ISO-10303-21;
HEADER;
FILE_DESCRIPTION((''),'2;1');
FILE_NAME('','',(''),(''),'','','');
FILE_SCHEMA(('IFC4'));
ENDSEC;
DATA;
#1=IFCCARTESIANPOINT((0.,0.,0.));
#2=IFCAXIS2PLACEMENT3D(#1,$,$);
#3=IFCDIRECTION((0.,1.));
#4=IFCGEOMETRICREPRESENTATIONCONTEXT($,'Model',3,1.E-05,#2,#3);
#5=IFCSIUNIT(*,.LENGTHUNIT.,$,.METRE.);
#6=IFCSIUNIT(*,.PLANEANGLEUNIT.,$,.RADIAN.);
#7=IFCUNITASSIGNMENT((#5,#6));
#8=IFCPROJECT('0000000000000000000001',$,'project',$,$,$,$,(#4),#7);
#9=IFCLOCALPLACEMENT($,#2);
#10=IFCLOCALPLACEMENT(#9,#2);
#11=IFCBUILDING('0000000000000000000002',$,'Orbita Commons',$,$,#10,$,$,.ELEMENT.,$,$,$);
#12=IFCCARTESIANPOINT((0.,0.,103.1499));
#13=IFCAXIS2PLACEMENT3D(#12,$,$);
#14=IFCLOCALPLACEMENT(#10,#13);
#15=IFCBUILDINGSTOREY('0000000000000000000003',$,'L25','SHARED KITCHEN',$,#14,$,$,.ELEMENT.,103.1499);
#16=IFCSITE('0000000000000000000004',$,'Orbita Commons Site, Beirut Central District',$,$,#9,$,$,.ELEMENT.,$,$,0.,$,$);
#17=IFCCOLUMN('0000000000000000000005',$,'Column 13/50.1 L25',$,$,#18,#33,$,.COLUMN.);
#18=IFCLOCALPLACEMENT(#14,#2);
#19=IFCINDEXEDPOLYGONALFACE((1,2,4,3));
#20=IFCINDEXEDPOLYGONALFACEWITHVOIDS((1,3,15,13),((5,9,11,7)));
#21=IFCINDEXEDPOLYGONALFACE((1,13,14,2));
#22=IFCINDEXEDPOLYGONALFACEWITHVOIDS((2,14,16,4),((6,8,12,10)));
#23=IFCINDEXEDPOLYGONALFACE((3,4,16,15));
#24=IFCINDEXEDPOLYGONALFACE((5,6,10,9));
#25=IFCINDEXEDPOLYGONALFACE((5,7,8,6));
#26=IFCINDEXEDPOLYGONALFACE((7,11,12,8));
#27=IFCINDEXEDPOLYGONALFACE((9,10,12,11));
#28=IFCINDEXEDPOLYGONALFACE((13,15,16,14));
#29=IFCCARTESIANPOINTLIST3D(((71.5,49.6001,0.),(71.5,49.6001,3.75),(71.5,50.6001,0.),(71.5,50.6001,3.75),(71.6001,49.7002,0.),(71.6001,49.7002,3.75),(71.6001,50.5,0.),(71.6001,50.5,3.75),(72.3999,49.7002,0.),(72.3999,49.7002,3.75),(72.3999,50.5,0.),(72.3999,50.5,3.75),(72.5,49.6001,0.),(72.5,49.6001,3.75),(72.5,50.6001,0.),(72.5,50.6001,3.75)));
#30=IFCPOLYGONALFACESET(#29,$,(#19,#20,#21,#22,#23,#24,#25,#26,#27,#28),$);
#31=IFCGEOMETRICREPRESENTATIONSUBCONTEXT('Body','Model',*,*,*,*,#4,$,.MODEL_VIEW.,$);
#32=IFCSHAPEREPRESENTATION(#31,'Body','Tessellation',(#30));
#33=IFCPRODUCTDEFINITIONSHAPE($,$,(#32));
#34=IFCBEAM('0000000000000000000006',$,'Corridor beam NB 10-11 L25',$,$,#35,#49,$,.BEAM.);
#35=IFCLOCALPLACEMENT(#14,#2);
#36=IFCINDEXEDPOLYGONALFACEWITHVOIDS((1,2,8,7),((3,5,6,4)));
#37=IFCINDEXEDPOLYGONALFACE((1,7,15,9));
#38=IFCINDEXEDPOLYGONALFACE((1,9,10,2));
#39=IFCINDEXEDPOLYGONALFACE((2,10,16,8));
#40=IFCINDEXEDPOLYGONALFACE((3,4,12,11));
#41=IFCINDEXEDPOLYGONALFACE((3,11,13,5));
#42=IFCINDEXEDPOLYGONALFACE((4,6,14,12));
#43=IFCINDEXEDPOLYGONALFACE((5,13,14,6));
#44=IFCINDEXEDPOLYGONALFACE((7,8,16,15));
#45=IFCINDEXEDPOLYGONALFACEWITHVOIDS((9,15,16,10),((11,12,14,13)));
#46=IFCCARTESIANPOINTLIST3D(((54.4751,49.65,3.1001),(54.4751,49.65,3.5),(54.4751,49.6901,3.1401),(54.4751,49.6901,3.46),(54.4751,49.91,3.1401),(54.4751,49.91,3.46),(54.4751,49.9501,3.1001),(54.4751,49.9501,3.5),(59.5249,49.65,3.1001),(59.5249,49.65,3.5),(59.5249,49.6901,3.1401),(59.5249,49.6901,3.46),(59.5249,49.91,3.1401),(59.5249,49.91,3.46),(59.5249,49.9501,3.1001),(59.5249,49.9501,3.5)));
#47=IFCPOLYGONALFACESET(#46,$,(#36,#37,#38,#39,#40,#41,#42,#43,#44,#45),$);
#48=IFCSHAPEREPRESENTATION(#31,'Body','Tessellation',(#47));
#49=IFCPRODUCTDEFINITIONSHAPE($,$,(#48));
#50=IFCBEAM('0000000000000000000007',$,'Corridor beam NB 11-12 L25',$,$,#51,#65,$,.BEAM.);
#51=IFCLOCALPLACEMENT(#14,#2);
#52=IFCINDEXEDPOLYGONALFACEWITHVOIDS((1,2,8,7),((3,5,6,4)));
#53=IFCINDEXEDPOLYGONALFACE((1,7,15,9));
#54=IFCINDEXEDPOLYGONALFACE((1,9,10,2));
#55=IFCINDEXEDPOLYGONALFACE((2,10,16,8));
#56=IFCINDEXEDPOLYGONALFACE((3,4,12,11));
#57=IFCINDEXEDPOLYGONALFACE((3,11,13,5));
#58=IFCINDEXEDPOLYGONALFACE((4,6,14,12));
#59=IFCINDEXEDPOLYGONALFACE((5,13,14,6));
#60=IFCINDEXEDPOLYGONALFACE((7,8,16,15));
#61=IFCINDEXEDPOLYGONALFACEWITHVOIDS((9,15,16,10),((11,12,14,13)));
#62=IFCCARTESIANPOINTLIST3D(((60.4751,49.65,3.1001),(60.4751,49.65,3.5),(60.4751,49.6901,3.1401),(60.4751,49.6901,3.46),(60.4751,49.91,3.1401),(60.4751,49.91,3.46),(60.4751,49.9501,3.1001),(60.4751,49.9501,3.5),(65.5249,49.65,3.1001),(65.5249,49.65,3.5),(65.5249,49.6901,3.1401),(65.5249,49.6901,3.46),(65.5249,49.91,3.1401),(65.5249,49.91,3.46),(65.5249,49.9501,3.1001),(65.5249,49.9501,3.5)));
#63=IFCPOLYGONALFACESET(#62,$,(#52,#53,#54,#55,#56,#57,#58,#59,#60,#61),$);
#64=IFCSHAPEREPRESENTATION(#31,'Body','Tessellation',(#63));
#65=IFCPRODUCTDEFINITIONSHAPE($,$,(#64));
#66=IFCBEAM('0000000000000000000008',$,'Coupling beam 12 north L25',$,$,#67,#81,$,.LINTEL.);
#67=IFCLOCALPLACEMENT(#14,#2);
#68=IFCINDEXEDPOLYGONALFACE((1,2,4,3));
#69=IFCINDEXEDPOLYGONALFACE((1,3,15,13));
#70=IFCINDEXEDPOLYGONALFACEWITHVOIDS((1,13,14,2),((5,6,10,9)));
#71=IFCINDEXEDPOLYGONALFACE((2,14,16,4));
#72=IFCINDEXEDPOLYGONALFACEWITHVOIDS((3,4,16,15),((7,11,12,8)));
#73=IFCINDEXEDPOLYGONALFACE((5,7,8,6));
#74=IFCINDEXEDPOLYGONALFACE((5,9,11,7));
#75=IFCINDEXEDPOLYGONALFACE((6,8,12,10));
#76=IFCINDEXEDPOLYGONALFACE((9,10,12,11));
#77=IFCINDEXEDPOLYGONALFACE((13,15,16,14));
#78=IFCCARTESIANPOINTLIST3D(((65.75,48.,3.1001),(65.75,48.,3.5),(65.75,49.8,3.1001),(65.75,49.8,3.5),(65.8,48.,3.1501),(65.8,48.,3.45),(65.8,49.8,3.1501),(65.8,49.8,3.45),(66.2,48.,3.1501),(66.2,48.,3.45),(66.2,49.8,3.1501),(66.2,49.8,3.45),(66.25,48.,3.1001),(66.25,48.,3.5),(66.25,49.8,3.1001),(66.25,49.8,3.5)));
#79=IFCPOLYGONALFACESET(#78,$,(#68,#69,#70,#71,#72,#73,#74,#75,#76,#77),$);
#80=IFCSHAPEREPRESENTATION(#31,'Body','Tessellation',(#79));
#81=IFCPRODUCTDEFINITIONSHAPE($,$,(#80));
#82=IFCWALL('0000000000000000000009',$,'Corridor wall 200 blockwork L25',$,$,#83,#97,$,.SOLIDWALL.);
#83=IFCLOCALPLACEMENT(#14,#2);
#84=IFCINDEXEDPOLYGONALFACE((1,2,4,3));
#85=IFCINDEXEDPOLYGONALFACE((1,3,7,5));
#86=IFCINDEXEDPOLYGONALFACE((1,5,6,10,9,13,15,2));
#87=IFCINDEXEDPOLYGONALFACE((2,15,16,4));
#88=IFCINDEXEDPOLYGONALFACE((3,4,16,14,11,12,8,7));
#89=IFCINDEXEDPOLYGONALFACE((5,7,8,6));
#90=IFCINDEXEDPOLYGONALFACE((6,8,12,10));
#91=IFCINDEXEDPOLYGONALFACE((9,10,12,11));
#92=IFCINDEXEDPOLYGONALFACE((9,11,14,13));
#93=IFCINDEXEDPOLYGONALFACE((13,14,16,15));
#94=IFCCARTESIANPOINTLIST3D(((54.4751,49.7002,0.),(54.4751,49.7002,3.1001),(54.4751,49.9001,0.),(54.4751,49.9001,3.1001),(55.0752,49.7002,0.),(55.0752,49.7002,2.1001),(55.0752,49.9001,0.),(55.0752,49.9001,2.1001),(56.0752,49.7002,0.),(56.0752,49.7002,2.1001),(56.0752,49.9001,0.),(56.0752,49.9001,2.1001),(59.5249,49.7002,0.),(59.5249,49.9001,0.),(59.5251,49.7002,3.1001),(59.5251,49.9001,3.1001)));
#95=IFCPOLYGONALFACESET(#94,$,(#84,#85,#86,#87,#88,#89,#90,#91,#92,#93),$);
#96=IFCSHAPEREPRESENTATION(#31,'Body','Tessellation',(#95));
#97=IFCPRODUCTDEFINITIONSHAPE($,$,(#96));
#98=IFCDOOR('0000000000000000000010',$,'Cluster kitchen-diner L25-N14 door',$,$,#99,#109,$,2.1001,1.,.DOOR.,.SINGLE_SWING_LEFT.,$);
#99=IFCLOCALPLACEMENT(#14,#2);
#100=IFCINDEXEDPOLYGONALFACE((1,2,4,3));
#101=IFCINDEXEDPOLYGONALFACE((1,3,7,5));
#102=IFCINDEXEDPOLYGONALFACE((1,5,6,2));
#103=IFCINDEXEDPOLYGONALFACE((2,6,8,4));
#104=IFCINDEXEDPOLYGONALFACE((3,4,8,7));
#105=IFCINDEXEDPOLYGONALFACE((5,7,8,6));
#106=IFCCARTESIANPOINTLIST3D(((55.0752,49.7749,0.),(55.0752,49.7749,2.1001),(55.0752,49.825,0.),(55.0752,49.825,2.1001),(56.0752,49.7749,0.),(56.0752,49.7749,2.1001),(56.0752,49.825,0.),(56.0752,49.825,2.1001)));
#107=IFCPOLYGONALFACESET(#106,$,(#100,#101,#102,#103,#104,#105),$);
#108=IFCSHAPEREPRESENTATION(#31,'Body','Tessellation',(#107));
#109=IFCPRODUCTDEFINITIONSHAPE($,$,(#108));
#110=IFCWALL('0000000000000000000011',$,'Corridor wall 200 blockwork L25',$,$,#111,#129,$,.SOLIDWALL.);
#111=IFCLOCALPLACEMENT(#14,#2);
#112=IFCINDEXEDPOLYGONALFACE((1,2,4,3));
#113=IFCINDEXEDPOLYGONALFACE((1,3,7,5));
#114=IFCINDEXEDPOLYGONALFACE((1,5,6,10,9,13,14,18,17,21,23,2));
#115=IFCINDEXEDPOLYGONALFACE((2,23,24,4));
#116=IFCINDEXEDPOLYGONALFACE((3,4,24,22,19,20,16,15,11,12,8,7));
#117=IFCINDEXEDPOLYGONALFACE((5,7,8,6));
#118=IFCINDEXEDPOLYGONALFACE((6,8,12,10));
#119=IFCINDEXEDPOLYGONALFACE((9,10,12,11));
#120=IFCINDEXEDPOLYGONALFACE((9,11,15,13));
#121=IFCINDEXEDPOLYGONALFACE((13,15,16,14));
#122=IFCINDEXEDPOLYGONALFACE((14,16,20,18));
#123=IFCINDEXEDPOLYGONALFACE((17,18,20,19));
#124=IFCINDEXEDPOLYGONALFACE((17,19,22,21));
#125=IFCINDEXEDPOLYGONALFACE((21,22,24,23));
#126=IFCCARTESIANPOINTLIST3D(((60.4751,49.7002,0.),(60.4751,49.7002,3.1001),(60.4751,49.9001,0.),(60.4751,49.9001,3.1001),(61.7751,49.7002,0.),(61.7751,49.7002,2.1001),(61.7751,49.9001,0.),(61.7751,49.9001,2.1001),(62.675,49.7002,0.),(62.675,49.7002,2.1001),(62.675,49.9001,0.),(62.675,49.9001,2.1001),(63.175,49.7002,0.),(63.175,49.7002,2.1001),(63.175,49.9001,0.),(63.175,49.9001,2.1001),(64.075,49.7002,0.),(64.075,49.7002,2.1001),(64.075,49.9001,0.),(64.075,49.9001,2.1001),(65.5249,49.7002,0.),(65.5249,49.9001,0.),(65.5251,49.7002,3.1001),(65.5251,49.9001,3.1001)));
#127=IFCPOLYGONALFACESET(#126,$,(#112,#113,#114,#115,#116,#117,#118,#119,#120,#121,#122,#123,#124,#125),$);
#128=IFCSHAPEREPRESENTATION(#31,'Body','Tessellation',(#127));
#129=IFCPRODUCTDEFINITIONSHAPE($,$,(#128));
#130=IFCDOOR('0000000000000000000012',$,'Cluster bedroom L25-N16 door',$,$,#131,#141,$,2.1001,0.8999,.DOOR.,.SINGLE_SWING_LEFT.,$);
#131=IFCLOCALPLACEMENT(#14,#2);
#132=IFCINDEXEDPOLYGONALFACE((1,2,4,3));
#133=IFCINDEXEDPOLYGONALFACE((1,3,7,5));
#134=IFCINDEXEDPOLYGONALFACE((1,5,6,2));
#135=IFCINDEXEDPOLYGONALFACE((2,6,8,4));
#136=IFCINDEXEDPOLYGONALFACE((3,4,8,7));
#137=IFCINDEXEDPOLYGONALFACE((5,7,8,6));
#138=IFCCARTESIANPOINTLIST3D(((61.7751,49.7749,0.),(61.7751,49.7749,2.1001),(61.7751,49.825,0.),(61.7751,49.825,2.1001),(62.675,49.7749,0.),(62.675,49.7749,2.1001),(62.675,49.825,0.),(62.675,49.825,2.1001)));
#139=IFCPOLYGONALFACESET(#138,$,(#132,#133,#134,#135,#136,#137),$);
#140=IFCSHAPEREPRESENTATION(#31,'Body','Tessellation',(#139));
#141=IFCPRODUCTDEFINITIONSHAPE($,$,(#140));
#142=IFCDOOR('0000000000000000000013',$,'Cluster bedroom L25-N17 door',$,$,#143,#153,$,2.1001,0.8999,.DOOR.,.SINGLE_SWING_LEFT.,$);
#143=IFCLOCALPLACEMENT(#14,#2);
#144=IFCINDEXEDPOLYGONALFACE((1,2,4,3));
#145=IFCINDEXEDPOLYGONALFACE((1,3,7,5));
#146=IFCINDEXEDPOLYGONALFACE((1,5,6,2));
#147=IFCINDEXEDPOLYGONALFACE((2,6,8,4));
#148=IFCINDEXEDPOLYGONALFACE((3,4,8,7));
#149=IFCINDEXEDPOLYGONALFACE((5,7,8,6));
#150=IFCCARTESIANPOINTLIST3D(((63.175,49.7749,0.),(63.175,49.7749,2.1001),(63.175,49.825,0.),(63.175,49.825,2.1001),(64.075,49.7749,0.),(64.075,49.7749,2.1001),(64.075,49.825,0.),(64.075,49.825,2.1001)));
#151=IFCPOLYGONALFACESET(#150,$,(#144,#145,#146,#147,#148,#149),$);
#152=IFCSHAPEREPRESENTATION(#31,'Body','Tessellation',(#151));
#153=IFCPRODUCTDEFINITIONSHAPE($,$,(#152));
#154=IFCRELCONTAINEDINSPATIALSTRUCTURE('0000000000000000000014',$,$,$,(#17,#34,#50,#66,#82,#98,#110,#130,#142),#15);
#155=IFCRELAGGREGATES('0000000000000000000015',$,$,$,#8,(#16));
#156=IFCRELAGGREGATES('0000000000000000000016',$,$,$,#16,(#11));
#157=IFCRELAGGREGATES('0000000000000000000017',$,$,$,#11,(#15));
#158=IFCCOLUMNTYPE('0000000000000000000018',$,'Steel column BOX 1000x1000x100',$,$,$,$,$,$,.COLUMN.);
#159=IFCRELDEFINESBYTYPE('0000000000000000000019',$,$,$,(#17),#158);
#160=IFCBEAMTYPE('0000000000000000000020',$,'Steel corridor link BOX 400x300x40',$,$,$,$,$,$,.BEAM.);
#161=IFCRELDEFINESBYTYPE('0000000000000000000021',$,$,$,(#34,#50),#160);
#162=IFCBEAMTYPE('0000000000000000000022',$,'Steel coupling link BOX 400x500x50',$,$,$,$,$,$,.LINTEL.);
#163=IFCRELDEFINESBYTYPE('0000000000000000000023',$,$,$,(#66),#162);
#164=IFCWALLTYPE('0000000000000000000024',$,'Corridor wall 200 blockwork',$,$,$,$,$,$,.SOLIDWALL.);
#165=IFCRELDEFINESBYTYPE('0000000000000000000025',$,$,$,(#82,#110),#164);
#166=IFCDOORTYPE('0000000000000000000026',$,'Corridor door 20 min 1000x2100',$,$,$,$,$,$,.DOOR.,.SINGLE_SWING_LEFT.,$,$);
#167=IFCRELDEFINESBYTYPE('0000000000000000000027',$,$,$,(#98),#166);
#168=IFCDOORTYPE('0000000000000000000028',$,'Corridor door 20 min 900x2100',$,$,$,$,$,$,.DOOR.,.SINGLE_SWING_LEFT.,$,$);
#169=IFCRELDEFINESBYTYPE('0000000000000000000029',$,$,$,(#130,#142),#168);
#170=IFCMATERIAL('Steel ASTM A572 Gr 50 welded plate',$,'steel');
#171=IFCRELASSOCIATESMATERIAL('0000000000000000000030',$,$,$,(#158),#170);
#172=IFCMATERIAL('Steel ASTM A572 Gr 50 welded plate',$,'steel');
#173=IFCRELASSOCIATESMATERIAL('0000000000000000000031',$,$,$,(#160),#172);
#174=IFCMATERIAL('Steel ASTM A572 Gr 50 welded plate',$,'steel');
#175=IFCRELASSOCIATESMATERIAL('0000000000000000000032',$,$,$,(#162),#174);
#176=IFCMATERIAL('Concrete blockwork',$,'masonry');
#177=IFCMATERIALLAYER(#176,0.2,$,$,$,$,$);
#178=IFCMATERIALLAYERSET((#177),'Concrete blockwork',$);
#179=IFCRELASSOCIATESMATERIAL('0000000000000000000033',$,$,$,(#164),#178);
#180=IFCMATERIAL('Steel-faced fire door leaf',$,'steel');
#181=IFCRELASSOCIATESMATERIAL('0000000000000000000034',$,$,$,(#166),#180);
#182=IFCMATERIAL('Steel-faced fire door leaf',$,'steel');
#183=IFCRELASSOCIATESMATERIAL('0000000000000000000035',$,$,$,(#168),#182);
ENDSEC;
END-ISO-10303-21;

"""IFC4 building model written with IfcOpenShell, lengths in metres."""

from ifc_helpers import new_model, si_unit, direction, frame, frame_2d, origin, origin_2d, place, context, subcontext, project, spatial, polyline, rectangle, hollow_rectangle, outline, extrude, material, layer, layer_set, material_profile, profile_set, type_object, element, fill, save


model = new_model("IFC4")

# Units and contexts
model_context = context("Model", 3, precision=1e-05, world=origin(), true_north=direction((0.0, 1.0)))
body_context = subcontext(model_context, "Body", "Model", "MODEL_VIEW")
ifc_project = project(units=[si_unit("LENGTHUNIT", "METRE"), si_unit("PLANEANGLEUNIT", "RADIAN")], contexts=[model_context])

# Site, building, storey
site_placement = place(None, origin())
site = spatial("IfcSite", under=ifc_project, at=site_placement, Name="Orbita Commons Site, Beirut Central District", CompositionType="ELEMENT", RefElevation=0.0)
building_placement = place(site_placement, origin())
building = spatial("IfcBuilding", under=site, at=building_placement, Name="Orbita Commons", CompositionType="ELEMENT")
storey_placement = place(building_placement, frame((0.0, 0.0, 103.1499)))
storey = spatial("IfcBuildingStorey", under=building, at=storey_placement, Name="L25", Description="SHARED KITCHEN", CompositionType="ELEMENT", Elevation=103.1499)

# Column
ifc_material_1 = material(Name="Steel ASTM A572 Gr 50 welded plate", Category="steel")
ifc_material_profile_1 = material_profile(ifc_material_1, hollow_rectangle(XDim=1.0, YDim=1.0, WallThickness=0.1001, at=origin_2d()), Name="BOX 1000x1000x100")
ifc_profile_set_1 = profile_set([ifc_material_profile_1], Name="Steel ASTM A572 Gr 50 welded plate")
column_type = type_object("IfcColumnType", Name="Steel column BOX 1000x1000x100", PredefinedType="COLUMN", material=ifc_profile_set_1)
column_placement = place(storey_placement, frame((72.0, 50.1001, 0.0), z_axis=(0.0, 0.0, 1.0), x_axis=(1.0, 0.0, 0.0)))
element("IfcColumn", 1, at=column_placement, inside=storey, type_object=column_type, Name="Column 13/50.1 L25", PredefinedType="COLUMN", context=body_context, shape_type="SweptSolid", body=[
    extrude(hollow_rectangle(XDim=1.0, YDim=1.0, WallThickness=0.1001, at=origin_2d()), origin(), (0.0, 0.0, 1.0), 3.75),
])

# Beams
ifc_material_2 = material(Name="Steel ASTM A572 Gr 50 welded plate", Category="steel")
ifc_material_profile_2 = material_profile(ifc_material_2, hollow_rectangle(XDim=0.3, YDim=0.3999, WallThickness=0.04, at=origin_2d()), Name="BOX 400x300x40")
ifc_profile_set_2 = profile_set([ifc_material_profile_2], Name="Steel ASTM A572 Gr 50 welded plate")
beam_type_1 = type_object("IfcBeamType", Name="Steel corridor link BOX 400x300x40", PredefinedType="BEAM", material=ifc_profile_set_2)
for number, where, z_axis, x_axis, name in (
    (2, (54.4751, 49.8, 3.3), (1.0, 0.0, 0.0), (0.0, 1.0, 0.0), "Corridor beam NB 10-11 L25"),
    (3, (60.4751, 49.8, 3.3), (1.0, 0.0, 0.0), (0.0, 1.0, 0.0), "Corridor beam NB 11-12 L25"),
):
    element("IfcBeam", number, at=place(storey_placement, frame(where, z_axis=z_axis, x_axis=x_axis)), inside=storey, type_object=beam_type_1, Name=name, PredefinedType="BEAM", context=body_context, shape_type="SweptSolid", body=[
        extrude(hollow_rectangle(XDim=0.3, YDim=0.3999, WallThickness=0.04, at=origin_2d()), origin(), (0.0, 0.0, 1.0), 5.0498),
    ])
ifc_material_3 = material(Name="Steel ASTM A572 Gr 50 welded plate", Category="steel")
ifc_material_profile_3 = material_profile(ifc_material_3, hollow_rectangle(XDim=0.5, YDim=0.3999, WallThickness=0.05, at=origin_2d()), Name="BOX 400x500x50")
ifc_profile_set_3 = profile_set([ifc_material_profile_3], Name="Steel ASTM A572 Gr 50 welded plate")
beam_type_2 = type_object("IfcBeamType", Name="Steel coupling link BOX 400x500x50", PredefinedType="LINTEL", material=ifc_profile_set_3)
beam_placement = place(storey_placement, frame((66.0, 48.0, 3.3), z_axis=(0.0, 1.0, 0.0), x_axis=(-1.0, 0.0, 0.0)))
element("IfcBeam", 4, at=beam_placement, inside=storey, type_object=beam_type_2, Name="Coupling beam 12 north L25", PredefinedType="LINTEL", context=body_context, shape_type="SweptSolid", body=[
    extrude(hollow_rectangle(XDim=0.5, YDim=0.3999, WallThickness=0.05, at=origin_2d()), origin(), (0.0, 0.0, 1.0), 1.8),
])

# Wall, opening, door
ifc_material_4 = material(Name="Concrete blockwork", Category="masonry")
ifc_layer_1 = layer(ifc_material_4, 0.2)
ifc_layer_set_1 = layer_set([ifc_layer_1], Name="Concrete blockwork")
wall_type_1 = type_object("IfcWallType", Name="Corridor wall 200 blockwork", PredefinedType="SOLIDWALL", material=ifc_layer_set_1)
wall_1_placement = place(storey_placement, frame((54.4751, 49.8, 0.0), z_axis=(0.0, 0.0, 1.0), x_axis=(1.0, 0.0, 0.0)))
wall_1 = element("IfcWall", 5, at=wall_1_placement, inside=storey, type_object=wall_type_1, Name="Corridor wall 200 blockwork L25", PredefinedType="SOLIDWALL", context=body_context, shape_type="SweptSolid", body=[
    extrude(outline(polyline([(0.0, 0.0), (5.0498, 0.0), (5.05, 3.1001), (0.0, 3.1001), (0.0, 0.0)])), frame((0.0, 0.1001, 0.0), z_axis=(0.0, -1.0, 0.0), x_axis=(1.0, 0.0, 0.0)), (0.0, 0.0, 1.0), 0.2),
])
opening_1_placement = place(wall_1_placement, frame((0.6001, 0.0, 0.0)))
opening_1 = element("IfcOpeningElement", 6, at=opening_1_placement, cuts=wall_1, PredefinedType="OPENING", context=body_context, shape_type="SweptSolid", body=[
    extrude(rectangle(XDim=1.0, YDim=2.1001, at=frame_2d((0.5, 1.05))), frame((0.0, 0.1099, 0.0), z_axis=(0.0, -1.0, 0.0), x_axis=(1.0, 0.0, 0.0)), (0.0, 0.0, 1.0), 0.22),
])
ifc_material_5 = material(Name="Steel-faced fire door leaf", Category="steel")
door_type_1 = type_object("IfcDoorType", Name="Corridor door 20 min 1000x2100", OperationType="SINGLE_SWING_LEFT", PredefinedType="DOOR", material=ifc_material_5)
door_1_placement = place(opening_1_placement, origin())
door_1 = element("IfcDoor", 7, at=door_1_placement, inside=storey, type_object=door_type_1, Name="Cluster kitchen-diner L25-N14 door", OperationType="SINGLE_SWING_LEFT", OverallHeight=2.1001, OverallWidth=1.0, PredefinedType="DOOR", context=body_context, shape_type="SweptSolid", body=[
    extrude(rectangle(XDim=1.0, YDim=2.1001, at=frame_2d((0.5, 1.05))), frame((0.0, 0.0249, 0.0), z_axis=(0.0, -1.0, 0.0), x_axis=(1.0, 0.0, 0.0)), (0.0, 0.0, 1.0), 0.05),
])
fill(opening_1, door_1)

# Wall, openings, doors
wall_2_placement = place(storey_placement, frame((60.4751, 49.8, 0.0), z_axis=(0.0, 0.0, 1.0), x_axis=(1.0, 0.0, 0.0)))
wall_2 = element("IfcWall", 8, at=wall_2_placement, inside=storey, type_object=wall_type_1, Name="Corridor wall 200 blockwork L25", PredefinedType="SOLIDWALL", context=body_context, shape_type="SweptSolid", body=[
    extrude(outline(polyline([(0.0, 0.0), (5.0498, 0.0), (5.05, 3.1001), (0.0, 3.1001), (0.0, 0.0)])), frame((0.0, 0.1001, 0.0), z_axis=(0.0, -1.0, 0.0), x_axis=(1.0, 0.0, 0.0)), (0.0, 0.0, 1.0), 0.2),
])
opening_2_placement = place(wall_2_placement, frame((1.3, 0.0, 0.0)))
opening_2 = element("IfcOpeningElement", 9, at=opening_2_placement, cuts=wall_2, PredefinedType="OPENING", context=body_context, shape_type="SweptSolid", body=[
    extrude(rectangle(XDim=0.8999, YDim=2.1001, at=frame_2d((0.45, 1.05))), frame((0.0, 0.1099, 0.0), z_axis=(0.0, -1.0, 0.0), x_axis=(1.0, 0.0, 0.0)), (0.0, 0.0, 1.0), 0.22),
])
opening_3_placement = place(wall_2_placement, frame((2.7, 0.0, 0.0)))
opening_3 = element("IfcOpeningElement", 10, at=opening_3_placement, cuts=wall_2, PredefinedType="OPENING", context=body_context, shape_type="SweptSolid", body=[
    extrude(rectangle(XDim=0.8999, YDim=2.1001, at=frame_2d((0.45, 1.05))), frame((0.0, 0.1099, 0.0), z_axis=(0.0, -1.0, 0.0), x_axis=(1.0, 0.0, 0.0)), (0.0, 0.0, 1.0), 0.22),
])
ifc_material_6 = material(Name="Steel-faced fire door leaf", Category="steel")
door_type_2 = type_object("IfcDoorType", Name="Corridor door 20 min 900x2100", OperationType="SINGLE_SWING_LEFT", PredefinedType="DOOR", material=ifc_material_6)
door_2_placement = place(opening_2_placement, origin())
door_2 = element("IfcDoor", 11, at=door_2_placement, inside=storey, type_object=door_type_2, Name="Cluster bedroom L25-N16 door", OperationType="SINGLE_SWING_LEFT", OverallHeight=2.1001, OverallWidth=0.8999, PredefinedType="DOOR", context=body_context, shape_type="SweptSolid", body=[
    extrude(rectangle(XDim=0.8999, YDim=2.1001, at=frame_2d((0.45, 1.05))), frame((0.0, 0.0249, 0.0), z_axis=(0.0, -1.0, 0.0), x_axis=(1.0, 0.0, 0.0)), (0.0, 0.0, 1.0), 0.05),
])
fill(opening_2, door_2)
door_3_placement = place(opening_3_placement, origin())
door_3 = element("IfcDoor", 12, at=door_3_placement, inside=storey, type_object=door_type_2, Name="Cluster bedroom L25-N17 door", OperationType="SINGLE_SWING_LEFT", OverallHeight=2.1001, OverallWidth=0.8999, PredefinedType="DOOR", context=body_context, shape_type="SweptSolid", body=[
    extrude(rectangle(XDim=0.8999, YDim=2.1001, at=frame_2d((0.45, 1.05))), frame((0.0, 0.0249, 0.0), z_axis=(0.0, -1.0, 0.0), x_axis=(1.0, 0.0, 0.0)), (0.0, 0.0, 1.0), 0.05),
])
fill(opening_3, door_3)

save(model, "model.ifc")
